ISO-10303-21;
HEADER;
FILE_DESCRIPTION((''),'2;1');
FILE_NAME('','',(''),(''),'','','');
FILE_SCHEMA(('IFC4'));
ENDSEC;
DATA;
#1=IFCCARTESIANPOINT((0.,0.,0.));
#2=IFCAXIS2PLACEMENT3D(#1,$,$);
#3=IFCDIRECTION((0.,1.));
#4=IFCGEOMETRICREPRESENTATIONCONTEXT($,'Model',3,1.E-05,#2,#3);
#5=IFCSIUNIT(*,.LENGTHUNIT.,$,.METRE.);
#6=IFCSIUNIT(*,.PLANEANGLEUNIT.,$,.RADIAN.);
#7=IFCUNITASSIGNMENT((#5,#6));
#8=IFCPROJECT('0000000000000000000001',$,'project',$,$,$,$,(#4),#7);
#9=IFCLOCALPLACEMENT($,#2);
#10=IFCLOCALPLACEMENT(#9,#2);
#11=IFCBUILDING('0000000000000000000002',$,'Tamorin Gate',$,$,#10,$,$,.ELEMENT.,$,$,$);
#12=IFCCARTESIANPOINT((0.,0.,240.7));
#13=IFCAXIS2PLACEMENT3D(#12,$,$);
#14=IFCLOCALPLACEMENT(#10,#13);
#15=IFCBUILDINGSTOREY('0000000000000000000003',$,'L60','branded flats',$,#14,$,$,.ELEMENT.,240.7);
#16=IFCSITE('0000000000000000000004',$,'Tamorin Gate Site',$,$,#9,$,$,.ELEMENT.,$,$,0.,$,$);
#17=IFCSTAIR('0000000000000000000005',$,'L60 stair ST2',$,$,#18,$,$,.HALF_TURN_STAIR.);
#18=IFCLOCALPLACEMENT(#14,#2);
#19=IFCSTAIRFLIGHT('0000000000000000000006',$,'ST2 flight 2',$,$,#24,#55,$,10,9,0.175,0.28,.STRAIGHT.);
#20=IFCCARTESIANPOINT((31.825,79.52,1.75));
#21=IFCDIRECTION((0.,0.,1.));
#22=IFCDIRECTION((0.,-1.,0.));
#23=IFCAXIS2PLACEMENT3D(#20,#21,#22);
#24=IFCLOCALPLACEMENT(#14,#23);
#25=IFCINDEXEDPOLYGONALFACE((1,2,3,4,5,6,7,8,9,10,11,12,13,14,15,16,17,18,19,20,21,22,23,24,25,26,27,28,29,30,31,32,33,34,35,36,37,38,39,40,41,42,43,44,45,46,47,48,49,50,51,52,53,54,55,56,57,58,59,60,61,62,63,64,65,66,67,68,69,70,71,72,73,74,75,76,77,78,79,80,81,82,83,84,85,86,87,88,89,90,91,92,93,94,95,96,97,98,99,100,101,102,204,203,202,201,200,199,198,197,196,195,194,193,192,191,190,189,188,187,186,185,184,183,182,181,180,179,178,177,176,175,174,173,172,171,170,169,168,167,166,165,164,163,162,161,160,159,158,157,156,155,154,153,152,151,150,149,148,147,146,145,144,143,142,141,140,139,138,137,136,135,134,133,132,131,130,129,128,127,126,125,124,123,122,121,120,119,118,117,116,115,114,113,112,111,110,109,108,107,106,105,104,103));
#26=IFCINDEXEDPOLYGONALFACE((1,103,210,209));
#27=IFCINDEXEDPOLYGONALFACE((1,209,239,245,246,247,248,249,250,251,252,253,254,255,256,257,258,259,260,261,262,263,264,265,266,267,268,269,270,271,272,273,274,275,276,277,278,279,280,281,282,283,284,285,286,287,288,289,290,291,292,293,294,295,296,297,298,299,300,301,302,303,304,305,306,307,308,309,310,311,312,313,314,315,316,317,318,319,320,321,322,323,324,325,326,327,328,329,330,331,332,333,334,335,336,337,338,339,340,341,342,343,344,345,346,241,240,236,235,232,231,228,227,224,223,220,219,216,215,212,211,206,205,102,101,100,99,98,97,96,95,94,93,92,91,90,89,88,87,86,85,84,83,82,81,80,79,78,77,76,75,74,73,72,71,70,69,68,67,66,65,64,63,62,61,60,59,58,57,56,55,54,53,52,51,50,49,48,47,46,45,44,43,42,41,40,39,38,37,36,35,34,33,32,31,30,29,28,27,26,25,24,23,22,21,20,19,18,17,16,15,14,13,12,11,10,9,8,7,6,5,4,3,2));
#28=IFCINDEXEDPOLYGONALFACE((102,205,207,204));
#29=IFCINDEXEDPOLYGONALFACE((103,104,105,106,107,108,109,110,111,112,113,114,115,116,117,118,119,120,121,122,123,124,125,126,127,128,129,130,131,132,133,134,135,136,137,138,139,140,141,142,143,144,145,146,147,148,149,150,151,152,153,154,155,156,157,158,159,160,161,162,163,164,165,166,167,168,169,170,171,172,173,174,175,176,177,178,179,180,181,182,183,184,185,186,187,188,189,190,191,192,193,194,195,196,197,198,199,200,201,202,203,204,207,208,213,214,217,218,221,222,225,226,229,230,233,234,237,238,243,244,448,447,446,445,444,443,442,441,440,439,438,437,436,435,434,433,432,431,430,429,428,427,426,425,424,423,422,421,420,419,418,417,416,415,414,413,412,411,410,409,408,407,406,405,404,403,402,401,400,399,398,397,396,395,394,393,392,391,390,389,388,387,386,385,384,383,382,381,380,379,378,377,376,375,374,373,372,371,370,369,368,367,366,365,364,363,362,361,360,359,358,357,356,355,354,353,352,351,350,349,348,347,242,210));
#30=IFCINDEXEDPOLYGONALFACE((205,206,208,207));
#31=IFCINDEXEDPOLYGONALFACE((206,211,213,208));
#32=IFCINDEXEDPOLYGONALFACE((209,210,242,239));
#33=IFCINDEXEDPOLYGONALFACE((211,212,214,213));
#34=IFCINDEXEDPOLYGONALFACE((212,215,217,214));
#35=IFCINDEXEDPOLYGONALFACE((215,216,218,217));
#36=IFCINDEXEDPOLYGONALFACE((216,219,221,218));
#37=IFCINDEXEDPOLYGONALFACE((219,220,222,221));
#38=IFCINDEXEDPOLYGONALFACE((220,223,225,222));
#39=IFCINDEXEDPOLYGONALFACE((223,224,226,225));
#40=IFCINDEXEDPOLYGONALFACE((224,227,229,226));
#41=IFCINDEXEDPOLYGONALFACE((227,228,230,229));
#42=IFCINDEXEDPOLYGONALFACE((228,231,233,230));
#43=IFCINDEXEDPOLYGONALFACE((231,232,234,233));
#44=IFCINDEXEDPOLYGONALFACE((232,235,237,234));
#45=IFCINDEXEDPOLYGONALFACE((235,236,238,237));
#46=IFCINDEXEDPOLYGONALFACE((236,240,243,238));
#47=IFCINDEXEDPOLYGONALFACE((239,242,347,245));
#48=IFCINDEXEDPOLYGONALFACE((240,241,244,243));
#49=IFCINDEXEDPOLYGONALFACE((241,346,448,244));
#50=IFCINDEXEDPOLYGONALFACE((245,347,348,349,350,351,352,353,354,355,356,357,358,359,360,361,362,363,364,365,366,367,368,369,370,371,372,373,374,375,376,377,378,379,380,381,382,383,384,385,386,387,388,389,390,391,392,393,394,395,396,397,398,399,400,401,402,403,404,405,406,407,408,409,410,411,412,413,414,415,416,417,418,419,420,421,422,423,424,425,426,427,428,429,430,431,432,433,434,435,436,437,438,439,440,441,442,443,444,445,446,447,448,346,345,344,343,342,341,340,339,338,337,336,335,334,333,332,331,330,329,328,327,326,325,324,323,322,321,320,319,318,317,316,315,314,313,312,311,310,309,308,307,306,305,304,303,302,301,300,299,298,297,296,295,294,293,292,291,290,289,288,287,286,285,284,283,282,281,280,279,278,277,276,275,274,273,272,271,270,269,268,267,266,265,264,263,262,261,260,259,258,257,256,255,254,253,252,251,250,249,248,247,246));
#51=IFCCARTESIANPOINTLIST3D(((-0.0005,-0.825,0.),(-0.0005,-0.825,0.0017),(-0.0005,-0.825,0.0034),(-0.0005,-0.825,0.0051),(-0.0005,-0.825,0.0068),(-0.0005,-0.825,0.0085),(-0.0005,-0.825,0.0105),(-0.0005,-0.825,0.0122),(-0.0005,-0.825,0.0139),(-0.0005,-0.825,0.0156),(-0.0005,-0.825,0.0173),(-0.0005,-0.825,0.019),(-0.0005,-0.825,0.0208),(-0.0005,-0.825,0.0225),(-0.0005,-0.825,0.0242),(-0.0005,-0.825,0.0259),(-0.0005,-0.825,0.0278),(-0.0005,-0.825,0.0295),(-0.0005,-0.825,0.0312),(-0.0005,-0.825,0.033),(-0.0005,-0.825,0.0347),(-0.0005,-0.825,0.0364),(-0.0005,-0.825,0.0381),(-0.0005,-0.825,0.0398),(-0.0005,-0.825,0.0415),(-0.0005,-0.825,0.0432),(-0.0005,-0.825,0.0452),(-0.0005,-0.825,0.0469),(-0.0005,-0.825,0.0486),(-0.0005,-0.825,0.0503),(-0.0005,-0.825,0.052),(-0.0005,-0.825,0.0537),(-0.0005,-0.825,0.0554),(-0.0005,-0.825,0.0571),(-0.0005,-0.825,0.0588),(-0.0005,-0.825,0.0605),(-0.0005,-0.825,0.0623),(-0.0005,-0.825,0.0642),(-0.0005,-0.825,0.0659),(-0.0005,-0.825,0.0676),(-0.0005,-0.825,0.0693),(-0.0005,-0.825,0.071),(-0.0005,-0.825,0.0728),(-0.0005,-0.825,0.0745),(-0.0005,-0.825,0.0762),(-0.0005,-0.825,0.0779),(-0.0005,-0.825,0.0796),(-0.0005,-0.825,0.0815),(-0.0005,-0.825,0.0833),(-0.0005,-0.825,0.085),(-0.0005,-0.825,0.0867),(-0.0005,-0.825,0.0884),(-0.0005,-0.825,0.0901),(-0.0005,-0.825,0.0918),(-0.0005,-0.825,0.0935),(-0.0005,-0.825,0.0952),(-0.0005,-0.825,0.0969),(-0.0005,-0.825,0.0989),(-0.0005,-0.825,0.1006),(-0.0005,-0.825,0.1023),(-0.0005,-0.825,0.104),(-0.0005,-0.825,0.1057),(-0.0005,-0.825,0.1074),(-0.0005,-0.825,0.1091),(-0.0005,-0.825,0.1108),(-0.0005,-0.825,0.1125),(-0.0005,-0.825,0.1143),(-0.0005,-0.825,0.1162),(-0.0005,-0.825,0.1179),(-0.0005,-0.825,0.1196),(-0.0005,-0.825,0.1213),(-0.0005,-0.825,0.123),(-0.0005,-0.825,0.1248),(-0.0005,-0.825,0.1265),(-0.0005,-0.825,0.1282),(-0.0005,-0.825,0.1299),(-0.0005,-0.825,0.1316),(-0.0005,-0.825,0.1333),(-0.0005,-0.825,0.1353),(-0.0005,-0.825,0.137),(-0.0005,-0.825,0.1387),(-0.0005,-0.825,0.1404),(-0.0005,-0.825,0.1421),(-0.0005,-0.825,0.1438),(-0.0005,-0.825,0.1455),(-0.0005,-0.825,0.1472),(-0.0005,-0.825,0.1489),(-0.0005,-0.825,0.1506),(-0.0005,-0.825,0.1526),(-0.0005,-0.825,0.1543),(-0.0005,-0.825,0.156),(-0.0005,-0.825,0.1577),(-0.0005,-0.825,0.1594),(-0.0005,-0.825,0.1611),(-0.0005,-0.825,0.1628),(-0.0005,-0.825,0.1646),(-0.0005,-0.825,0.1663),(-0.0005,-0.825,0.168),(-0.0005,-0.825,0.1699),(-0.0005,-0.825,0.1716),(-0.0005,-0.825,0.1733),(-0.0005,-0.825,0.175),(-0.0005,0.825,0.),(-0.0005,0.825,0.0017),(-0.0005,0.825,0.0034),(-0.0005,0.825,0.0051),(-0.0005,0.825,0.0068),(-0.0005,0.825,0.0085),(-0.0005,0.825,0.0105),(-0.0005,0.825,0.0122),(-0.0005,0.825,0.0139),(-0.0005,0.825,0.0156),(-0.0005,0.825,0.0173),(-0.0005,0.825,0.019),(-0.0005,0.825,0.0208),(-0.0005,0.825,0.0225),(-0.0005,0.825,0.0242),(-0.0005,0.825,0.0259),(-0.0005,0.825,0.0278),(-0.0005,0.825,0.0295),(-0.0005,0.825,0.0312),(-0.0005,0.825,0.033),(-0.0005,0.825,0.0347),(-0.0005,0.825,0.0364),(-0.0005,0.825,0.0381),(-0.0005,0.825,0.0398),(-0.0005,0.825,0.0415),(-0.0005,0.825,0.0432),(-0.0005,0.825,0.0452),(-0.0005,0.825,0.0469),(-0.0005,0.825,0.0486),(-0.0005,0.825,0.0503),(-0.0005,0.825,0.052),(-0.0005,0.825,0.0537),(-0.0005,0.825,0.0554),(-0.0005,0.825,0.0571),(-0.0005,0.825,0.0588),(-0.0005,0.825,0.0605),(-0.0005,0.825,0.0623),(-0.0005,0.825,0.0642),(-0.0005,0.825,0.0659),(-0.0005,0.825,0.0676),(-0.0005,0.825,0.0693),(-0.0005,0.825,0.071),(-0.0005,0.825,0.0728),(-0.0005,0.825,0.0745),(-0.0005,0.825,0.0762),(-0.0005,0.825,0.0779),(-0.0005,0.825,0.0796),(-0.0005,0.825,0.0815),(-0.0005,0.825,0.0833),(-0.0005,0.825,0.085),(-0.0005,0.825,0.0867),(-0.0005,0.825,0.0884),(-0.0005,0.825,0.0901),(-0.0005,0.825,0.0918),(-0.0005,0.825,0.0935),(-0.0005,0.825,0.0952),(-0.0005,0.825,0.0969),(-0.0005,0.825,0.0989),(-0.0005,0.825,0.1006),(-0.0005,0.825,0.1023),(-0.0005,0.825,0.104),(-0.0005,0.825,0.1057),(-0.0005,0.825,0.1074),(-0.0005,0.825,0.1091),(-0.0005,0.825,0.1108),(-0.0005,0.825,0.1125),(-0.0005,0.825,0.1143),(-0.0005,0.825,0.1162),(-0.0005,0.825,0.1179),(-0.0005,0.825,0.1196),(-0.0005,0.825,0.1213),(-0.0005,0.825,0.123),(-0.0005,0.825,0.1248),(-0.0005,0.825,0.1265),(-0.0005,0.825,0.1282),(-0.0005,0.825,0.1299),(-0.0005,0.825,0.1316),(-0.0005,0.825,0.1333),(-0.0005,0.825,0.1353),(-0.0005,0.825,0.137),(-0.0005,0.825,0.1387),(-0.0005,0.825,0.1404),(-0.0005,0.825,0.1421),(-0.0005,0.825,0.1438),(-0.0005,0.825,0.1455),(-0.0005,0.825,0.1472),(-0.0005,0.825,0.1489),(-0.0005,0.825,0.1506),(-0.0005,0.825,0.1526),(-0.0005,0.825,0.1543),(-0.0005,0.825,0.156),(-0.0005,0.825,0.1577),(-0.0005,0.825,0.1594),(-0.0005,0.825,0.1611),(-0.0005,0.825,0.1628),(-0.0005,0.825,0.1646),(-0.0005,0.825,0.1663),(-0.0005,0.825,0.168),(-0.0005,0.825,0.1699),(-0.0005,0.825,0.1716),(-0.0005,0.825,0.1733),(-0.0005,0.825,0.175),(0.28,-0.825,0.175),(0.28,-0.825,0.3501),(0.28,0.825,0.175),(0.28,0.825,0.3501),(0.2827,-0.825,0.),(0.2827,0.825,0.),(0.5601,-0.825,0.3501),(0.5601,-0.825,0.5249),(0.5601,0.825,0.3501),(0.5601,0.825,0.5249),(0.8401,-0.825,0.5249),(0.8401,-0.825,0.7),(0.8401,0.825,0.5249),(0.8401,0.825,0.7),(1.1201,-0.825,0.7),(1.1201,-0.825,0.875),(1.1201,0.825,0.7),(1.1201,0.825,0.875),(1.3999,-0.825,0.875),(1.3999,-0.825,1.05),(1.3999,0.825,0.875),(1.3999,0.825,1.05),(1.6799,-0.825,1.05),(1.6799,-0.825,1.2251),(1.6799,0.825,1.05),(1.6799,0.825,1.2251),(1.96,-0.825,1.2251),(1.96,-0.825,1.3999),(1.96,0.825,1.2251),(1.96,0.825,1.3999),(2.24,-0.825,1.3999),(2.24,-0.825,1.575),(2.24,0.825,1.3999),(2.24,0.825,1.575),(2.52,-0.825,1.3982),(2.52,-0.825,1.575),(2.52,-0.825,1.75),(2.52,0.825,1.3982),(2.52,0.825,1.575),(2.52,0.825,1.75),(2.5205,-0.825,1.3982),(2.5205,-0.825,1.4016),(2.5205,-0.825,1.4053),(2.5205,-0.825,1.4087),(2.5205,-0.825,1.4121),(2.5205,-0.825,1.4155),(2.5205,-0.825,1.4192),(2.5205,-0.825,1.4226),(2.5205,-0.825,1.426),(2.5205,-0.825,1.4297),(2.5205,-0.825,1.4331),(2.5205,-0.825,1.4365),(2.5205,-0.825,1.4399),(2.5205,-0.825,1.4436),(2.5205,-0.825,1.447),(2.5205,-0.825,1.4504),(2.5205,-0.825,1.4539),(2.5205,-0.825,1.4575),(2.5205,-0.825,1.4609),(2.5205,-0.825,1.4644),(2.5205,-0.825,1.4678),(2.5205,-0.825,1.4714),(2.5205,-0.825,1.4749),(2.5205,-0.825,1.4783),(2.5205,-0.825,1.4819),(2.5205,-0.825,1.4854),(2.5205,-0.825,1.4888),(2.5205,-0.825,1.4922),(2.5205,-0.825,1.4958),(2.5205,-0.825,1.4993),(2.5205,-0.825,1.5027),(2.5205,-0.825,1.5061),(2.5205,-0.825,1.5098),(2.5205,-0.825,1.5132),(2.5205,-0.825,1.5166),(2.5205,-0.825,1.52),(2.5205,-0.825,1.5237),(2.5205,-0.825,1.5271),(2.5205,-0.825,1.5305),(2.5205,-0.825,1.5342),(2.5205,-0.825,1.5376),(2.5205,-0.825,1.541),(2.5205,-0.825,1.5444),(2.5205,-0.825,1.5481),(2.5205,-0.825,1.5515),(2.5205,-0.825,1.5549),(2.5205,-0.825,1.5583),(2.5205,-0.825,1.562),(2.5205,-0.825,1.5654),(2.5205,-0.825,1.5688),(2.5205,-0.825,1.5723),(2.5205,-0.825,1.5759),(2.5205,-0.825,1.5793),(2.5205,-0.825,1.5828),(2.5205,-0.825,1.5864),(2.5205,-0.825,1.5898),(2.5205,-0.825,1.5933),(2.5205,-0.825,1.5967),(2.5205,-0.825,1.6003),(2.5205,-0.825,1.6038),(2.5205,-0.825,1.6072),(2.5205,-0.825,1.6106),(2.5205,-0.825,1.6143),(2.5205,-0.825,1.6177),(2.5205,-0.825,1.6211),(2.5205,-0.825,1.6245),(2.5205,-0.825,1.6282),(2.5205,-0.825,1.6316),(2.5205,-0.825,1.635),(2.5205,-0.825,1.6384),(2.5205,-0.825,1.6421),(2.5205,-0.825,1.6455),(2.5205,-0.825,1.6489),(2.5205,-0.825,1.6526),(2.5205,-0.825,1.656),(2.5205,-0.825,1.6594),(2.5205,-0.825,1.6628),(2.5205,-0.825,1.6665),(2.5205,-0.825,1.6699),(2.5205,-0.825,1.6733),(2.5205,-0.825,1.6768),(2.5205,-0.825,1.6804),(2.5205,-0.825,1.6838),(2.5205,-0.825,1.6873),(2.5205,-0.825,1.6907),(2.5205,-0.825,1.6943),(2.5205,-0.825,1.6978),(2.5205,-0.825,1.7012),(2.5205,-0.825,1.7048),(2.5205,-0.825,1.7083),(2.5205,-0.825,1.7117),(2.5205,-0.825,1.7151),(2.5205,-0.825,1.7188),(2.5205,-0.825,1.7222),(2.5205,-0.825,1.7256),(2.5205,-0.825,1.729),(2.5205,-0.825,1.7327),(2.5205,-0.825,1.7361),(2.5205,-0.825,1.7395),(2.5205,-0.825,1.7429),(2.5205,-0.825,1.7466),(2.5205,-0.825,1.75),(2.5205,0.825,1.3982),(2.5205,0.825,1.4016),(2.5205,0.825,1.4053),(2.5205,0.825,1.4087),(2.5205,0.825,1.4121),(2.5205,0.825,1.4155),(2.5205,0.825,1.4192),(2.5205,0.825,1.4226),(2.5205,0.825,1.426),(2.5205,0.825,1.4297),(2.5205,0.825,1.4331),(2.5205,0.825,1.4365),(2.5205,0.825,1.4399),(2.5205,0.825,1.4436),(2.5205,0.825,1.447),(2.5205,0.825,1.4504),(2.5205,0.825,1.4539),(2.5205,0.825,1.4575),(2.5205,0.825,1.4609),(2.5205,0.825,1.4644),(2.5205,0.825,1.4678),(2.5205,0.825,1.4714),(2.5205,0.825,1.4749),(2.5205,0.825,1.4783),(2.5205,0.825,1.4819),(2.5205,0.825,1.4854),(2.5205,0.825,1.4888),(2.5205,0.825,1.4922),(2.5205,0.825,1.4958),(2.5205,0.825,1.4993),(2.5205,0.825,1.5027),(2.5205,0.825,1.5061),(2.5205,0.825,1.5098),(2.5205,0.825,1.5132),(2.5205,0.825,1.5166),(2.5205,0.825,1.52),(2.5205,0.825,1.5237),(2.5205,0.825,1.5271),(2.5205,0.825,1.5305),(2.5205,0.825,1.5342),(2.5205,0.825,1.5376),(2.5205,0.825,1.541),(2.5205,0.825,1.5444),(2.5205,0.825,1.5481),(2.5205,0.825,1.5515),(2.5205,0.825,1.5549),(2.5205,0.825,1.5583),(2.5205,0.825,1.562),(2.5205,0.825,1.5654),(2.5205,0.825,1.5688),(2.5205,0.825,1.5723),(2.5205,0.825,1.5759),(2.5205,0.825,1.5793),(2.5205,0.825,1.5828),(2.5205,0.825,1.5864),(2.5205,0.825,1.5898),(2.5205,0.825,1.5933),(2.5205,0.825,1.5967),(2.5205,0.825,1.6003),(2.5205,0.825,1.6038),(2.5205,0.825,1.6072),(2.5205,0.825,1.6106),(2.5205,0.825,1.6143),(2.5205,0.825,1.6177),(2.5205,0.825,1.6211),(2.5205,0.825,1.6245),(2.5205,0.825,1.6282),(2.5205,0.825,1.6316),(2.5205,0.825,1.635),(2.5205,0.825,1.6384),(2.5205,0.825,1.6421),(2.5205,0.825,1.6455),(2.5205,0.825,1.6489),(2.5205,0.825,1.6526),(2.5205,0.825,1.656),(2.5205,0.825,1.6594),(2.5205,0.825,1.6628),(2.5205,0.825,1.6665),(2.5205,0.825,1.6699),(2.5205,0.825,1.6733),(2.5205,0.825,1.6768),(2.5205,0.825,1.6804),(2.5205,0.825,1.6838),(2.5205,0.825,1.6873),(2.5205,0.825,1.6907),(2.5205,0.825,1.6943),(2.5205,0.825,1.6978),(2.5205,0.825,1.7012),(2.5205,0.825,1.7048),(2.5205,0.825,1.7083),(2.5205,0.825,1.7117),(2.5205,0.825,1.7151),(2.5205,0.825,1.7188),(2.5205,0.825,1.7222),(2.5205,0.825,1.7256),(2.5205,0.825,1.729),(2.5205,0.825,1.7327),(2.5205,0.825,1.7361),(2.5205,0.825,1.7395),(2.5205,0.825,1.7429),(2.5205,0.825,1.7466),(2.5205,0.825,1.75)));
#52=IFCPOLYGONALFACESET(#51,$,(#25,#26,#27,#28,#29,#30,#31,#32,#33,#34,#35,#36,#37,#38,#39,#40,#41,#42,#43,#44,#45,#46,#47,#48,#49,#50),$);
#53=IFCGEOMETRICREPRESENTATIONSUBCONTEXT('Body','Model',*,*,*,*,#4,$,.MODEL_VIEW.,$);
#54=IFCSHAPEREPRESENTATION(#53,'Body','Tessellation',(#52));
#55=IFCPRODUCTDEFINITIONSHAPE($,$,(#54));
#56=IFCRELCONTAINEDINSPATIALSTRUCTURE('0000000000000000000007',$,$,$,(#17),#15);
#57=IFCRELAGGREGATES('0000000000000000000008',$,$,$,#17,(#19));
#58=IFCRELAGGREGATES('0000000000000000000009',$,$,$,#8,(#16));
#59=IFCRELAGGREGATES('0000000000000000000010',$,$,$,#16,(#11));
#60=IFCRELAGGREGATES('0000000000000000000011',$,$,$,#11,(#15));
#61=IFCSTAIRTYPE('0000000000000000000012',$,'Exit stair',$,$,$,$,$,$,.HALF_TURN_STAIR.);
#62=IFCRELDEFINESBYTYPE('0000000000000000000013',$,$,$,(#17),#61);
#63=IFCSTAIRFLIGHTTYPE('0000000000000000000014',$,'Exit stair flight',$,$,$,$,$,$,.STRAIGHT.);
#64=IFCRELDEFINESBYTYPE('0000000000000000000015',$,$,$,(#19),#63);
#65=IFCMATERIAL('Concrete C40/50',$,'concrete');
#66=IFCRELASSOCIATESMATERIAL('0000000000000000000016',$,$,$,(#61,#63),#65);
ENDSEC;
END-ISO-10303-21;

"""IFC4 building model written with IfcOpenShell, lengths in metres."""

from ifc_helpers import new_model, si_unit, direction, frame, origin, place, context, subcontext, project, spatial, polyline, outline, extrude, material, type_object, element, aggregate, save


model = new_model("IFC4")

# Units and contexts
model_context = context("Model", 3, precision=1e-05, world=origin(), true_north=direction((0.0, 1.0)))
body_context = subcontext(model_context, "Body", "Model", "MODEL_VIEW")
ifc_project = project(units=[si_unit("LENGTHUNIT", "METRE"), si_unit("PLANEANGLEUNIT", "RADIAN")], contexts=[model_context])

# Site, building, storey
site_placement = place(None, origin())
site = spatial("IfcSite", under=ifc_project, at=site_placement, Name="Tamorin Gate Site", CompositionType="ELEMENT", RefElevation=0.0)
building_placement = place(site_placement, origin())
building = spatial("IfcBuilding", under=site, at=building_placement, Name="Tamorin Gate", CompositionType="ELEMENT")
storey_placement = place(building_placement, frame((0.0, 0.0, 240.7)))
storey = spatial("IfcBuildingStorey", under=building, at=storey_placement, Name="L60", Description="branded flats", CompositionType="ELEMENT", Elevation=240.7)

# Shared definitions
ifc_material_1 = material(Name="Concrete C40/50", Category="concrete")

# Stair, stair flight
stair_type = type_object("IfcStairType", Name="Exit stair", PredefinedType="HALF_TURN_STAIR", material=ifc_material_1)
stair_flight_type = type_object("IfcStairFlightType", Name="Exit stair flight", PredefinedType="STRAIGHT", material=ifc_material_1)
stair_1_placement = place(storey_placement, origin())
stair_1 = element("IfcStair", 1, at=stair_1_placement, inside=storey, type_object=stair_type, Name="L60 stair ST2", PredefinedType="HALF_TURN_STAIR")
stair_flight_1_placement = place(storey_placement, frame((31.825, 79.52, 1.75), z_axis=(0.0, 0.0, 1.0), x_axis=(0.0, -1.0, 0.0)))
stair_flight_1 = element("IfcStairFlight", 2, at=stair_flight_1_placement, type_object=stair_flight_type, Name="ST2 flight 2", NumberOfRisers=10, NumberOfTreads=9, PredefinedType="STRAIGHT", RiserHeight=0.175, TreadLength=0.28, context=body_context, shape_type="SweptSolid", body=[
    extrude(outline(polyline([(-0.0005, 0.0), (-0.0005, 0.0017), (-0.0005, 0.0034), (-0.0005, 0.0051), (-0.0005, 0.0068), (-0.0005, 0.0085), (-0.0005, 0.0105), (-0.0005, 0.0122), (-0.0005, 0.0139), (-0.0005, 0.0156), (-0.0005, 0.0173), (-0.0005, 0.019), (-0.0005, 0.0208), (-0.0005, 0.0225), (-0.0005, 0.0242), (-0.0005, 0.0259), (-0.0005, 0.0278), (-0.0005, 0.0295), (-0.0005, 0.0312), (-0.0005, 0.033), (-0.0005, 0.0347), (-0.0005, 0.0364), (-0.0005, 0.0381), (-0.0005, 0.0398), (-0.0005, 0.0415), (-0.0005, 0.0432), (-0.0005, 0.0452), (-0.0005, 0.0469), (-0.0005, 0.0486), (-0.0005, 0.0503), (-0.0005, 0.052), (-0.0005, 0.0537), (-0.0005, 0.0554), (-0.0005, 0.0571), (-0.0005, 0.0588), (-0.0005, 0.0605), (-0.0005, 0.0623), (-0.0005, 0.0642), (-0.0005, 0.0659), (-0.0005, 0.0676), (-0.0005, 0.0693), (-0.0005, 0.071), (-0.0005, 0.0728), (-0.0005, 0.0745), (-0.0005, 0.0762), (-0.0005, 0.0779), (-0.0005, 0.0796), (-0.0005, 0.0815), (-0.0005, 0.0833), (-0.0005, 0.085), (-0.0005, 0.0867), (-0.0005, 0.0884), (-0.0005, 0.0901), (-0.0005, 0.0918), (-0.0005, 0.0935), (-0.0005, 0.0952), (-0.0005, 0.0969), (-0.0005, 0.0989), (-0.0005, 0.1006), (-0.0005, 0.1023), (-0.0005, 0.104), (-0.0005, 0.1057), (-0.0005, 0.1074), (-0.0005, 0.1091), (-0.0005, 0.1108), (-0.0005, 0.1125), (-0.0005, 0.1143), (-0.0005, 0.1162), (-0.0005, 0.1179), (-0.0005, 0.1196), (-0.0005, 0.1213), (-0.0005, 0.123), (-0.0005, 0.1248), (-0.0005, 0.1265), (-0.0005, 0.1282), (-0.0005, 0.1299), (-0.0005, 0.1316), (-0.0005, 0.1333), (-0.0005, 0.1353), (-0.0005, 0.137), (-0.0005, 0.1387), (-0.0005, 0.1404), (-0.0005, 0.1421), (-0.0005, 0.1438), (-0.0005, 0.1455), (-0.0005, 0.1472), (-0.0005, 0.1489), (-0.0005, 0.1506), (-0.0005, 0.1526), (-0.0005, 0.1543), (-0.0005, 0.156), (-0.0005, 0.1577), (-0.0005, 0.1594), (-0.0005, 0.1611), (-0.0005, 0.1628), (-0.0005, 0.1646), (-0.0005, 0.1663), (-0.0005, 0.168), (-0.0005, 0.1699), (-0.0005, 0.1716), (-0.0005, 0.1733), (-0.0005, 0.175), (0.28, 0.175), (0.28, 0.3501), (0.5601, 0.3501), (0.5601, 0.5249), (0.8401, 0.5249), (0.8401, 0.7), (1.1201, 0.7), (1.1201, 0.875), (1.3999, 0.875), (1.3999, 1.05), (1.6799, 1.05), (1.6799, 1.2251), (1.96, 1.2251), (1.96, 1.3999), (2.24, 1.3999), (2.24, 1.575), (2.52, 1.575), (2.52, 1.75), (2.5205, 1.75), (2.5205, 1.7466), (2.5205, 1.7429), (2.5205, 1.7395), (2.5205, 1.7361), (2.5205, 1.7327), (2.5205, 1.729), (2.5205, 1.7256), (2.5205, 1.7222), (2.5205, 1.7188), (2.5205, 1.7151), (2.5205, 1.7117), (2.5205, 1.7083), (2.5205, 1.7048), (2.5205, 1.7012), (2.5205, 1.6978), (2.5205, 1.6943), (2.5205, 1.6907), (2.5205, 1.6873), (2.5205, 1.6838), (2.5205, 1.6804), (2.5205, 1.6768), (2.5205, 1.6733), (2.5205, 1.6699), (2.5205, 1.6665), (2.5205, 1.6628), (2.5205, 1.6594), (2.5205, 1.656), (2.5205, 1.6526), (2.5205, 1.6489), (2.5205, 1.6455), (2.5205, 1.6421), (2.5205, 1.6384), (2.5205, 1.635), (2.5205, 1.6316), (2.5205, 1.6282), (2.5205, 1.6245), (2.5205, 1.6211), (2.5205, 1.6177), (2.5205, 1.6143), (2.5205, 1.6106), (2.5205, 1.6072), (2.5205, 1.6038), (2.5205, 1.6003), (2.5205, 1.5967), (2.5205, 1.5933), (2.5205, 1.5898), (2.5205, 1.5864), (2.5205, 1.5828), (2.5205, 1.5793), (2.5205, 1.5759), (2.5205, 1.5723), (2.5205, 1.5688), (2.5205, 1.5654), (2.5205, 1.562), (2.5205, 1.5583), (2.5205, 1.5549), (2.5205, 1.5515), (2.5205, 1.5481), (2.5205, 1.5444), (2.5205, 1.541), (2.5205, 1.5376), (2.5205, 1.5342), (2.5205, 1.5305), (2.5205, 1.5271), (2.5205, 1.5237), (2.5205, 1.52), (2.5205, 1.5166), (2.5205, 1.5132), (2.5205, 1.5098), (2.5205, 1.5061), (2.5205, 1.5027), (2.5205, 1.4993), (2.5205, 1.4958), (2.5205, 1.4922), (2.5205, 1.4888), (2.5205, 1.4854), (2.5205, 1.4819), (2.5205, 1.4783), (2.5205, 1.4749), (2.5205, 1.4714), (2.5205, 1.4678), (2.5205, 1.4644), (2.5205, 1.4609), (2.5205, 1.4575), (2.5205, 1.4539), (2.5205, 1.4504), (2.5205, 1.447), (2.5205, 1.4436), (2.5205, 1.4399), (2.5205, 1.4365), (2.5205, 1.4331), (2.5205, 1.4297), (2.5205, 1.426), (2.5205, 1.4226), (2.5205, 1.4192), (2.5205, 1.4155), (2.5205, 1.4121), (2.5205, 1.4087), (2.5205, 1.4053), (2.5205, 1.4016), (2.5205, 1.3982), (2.52, 1.3982), (0.2827, 0.0), (-0.0005, 0.0)])), frame((0.0, 0.825, 0.0), z_axis=(0.0, -1.0, 0.0), x_axis=(1.0, 0.0, 0.0)), (0.0, 0.0, 1.0), 1.6499),
])
aggregate(stair_1, [stair_flight_1])

save(model, "model.ifc")
